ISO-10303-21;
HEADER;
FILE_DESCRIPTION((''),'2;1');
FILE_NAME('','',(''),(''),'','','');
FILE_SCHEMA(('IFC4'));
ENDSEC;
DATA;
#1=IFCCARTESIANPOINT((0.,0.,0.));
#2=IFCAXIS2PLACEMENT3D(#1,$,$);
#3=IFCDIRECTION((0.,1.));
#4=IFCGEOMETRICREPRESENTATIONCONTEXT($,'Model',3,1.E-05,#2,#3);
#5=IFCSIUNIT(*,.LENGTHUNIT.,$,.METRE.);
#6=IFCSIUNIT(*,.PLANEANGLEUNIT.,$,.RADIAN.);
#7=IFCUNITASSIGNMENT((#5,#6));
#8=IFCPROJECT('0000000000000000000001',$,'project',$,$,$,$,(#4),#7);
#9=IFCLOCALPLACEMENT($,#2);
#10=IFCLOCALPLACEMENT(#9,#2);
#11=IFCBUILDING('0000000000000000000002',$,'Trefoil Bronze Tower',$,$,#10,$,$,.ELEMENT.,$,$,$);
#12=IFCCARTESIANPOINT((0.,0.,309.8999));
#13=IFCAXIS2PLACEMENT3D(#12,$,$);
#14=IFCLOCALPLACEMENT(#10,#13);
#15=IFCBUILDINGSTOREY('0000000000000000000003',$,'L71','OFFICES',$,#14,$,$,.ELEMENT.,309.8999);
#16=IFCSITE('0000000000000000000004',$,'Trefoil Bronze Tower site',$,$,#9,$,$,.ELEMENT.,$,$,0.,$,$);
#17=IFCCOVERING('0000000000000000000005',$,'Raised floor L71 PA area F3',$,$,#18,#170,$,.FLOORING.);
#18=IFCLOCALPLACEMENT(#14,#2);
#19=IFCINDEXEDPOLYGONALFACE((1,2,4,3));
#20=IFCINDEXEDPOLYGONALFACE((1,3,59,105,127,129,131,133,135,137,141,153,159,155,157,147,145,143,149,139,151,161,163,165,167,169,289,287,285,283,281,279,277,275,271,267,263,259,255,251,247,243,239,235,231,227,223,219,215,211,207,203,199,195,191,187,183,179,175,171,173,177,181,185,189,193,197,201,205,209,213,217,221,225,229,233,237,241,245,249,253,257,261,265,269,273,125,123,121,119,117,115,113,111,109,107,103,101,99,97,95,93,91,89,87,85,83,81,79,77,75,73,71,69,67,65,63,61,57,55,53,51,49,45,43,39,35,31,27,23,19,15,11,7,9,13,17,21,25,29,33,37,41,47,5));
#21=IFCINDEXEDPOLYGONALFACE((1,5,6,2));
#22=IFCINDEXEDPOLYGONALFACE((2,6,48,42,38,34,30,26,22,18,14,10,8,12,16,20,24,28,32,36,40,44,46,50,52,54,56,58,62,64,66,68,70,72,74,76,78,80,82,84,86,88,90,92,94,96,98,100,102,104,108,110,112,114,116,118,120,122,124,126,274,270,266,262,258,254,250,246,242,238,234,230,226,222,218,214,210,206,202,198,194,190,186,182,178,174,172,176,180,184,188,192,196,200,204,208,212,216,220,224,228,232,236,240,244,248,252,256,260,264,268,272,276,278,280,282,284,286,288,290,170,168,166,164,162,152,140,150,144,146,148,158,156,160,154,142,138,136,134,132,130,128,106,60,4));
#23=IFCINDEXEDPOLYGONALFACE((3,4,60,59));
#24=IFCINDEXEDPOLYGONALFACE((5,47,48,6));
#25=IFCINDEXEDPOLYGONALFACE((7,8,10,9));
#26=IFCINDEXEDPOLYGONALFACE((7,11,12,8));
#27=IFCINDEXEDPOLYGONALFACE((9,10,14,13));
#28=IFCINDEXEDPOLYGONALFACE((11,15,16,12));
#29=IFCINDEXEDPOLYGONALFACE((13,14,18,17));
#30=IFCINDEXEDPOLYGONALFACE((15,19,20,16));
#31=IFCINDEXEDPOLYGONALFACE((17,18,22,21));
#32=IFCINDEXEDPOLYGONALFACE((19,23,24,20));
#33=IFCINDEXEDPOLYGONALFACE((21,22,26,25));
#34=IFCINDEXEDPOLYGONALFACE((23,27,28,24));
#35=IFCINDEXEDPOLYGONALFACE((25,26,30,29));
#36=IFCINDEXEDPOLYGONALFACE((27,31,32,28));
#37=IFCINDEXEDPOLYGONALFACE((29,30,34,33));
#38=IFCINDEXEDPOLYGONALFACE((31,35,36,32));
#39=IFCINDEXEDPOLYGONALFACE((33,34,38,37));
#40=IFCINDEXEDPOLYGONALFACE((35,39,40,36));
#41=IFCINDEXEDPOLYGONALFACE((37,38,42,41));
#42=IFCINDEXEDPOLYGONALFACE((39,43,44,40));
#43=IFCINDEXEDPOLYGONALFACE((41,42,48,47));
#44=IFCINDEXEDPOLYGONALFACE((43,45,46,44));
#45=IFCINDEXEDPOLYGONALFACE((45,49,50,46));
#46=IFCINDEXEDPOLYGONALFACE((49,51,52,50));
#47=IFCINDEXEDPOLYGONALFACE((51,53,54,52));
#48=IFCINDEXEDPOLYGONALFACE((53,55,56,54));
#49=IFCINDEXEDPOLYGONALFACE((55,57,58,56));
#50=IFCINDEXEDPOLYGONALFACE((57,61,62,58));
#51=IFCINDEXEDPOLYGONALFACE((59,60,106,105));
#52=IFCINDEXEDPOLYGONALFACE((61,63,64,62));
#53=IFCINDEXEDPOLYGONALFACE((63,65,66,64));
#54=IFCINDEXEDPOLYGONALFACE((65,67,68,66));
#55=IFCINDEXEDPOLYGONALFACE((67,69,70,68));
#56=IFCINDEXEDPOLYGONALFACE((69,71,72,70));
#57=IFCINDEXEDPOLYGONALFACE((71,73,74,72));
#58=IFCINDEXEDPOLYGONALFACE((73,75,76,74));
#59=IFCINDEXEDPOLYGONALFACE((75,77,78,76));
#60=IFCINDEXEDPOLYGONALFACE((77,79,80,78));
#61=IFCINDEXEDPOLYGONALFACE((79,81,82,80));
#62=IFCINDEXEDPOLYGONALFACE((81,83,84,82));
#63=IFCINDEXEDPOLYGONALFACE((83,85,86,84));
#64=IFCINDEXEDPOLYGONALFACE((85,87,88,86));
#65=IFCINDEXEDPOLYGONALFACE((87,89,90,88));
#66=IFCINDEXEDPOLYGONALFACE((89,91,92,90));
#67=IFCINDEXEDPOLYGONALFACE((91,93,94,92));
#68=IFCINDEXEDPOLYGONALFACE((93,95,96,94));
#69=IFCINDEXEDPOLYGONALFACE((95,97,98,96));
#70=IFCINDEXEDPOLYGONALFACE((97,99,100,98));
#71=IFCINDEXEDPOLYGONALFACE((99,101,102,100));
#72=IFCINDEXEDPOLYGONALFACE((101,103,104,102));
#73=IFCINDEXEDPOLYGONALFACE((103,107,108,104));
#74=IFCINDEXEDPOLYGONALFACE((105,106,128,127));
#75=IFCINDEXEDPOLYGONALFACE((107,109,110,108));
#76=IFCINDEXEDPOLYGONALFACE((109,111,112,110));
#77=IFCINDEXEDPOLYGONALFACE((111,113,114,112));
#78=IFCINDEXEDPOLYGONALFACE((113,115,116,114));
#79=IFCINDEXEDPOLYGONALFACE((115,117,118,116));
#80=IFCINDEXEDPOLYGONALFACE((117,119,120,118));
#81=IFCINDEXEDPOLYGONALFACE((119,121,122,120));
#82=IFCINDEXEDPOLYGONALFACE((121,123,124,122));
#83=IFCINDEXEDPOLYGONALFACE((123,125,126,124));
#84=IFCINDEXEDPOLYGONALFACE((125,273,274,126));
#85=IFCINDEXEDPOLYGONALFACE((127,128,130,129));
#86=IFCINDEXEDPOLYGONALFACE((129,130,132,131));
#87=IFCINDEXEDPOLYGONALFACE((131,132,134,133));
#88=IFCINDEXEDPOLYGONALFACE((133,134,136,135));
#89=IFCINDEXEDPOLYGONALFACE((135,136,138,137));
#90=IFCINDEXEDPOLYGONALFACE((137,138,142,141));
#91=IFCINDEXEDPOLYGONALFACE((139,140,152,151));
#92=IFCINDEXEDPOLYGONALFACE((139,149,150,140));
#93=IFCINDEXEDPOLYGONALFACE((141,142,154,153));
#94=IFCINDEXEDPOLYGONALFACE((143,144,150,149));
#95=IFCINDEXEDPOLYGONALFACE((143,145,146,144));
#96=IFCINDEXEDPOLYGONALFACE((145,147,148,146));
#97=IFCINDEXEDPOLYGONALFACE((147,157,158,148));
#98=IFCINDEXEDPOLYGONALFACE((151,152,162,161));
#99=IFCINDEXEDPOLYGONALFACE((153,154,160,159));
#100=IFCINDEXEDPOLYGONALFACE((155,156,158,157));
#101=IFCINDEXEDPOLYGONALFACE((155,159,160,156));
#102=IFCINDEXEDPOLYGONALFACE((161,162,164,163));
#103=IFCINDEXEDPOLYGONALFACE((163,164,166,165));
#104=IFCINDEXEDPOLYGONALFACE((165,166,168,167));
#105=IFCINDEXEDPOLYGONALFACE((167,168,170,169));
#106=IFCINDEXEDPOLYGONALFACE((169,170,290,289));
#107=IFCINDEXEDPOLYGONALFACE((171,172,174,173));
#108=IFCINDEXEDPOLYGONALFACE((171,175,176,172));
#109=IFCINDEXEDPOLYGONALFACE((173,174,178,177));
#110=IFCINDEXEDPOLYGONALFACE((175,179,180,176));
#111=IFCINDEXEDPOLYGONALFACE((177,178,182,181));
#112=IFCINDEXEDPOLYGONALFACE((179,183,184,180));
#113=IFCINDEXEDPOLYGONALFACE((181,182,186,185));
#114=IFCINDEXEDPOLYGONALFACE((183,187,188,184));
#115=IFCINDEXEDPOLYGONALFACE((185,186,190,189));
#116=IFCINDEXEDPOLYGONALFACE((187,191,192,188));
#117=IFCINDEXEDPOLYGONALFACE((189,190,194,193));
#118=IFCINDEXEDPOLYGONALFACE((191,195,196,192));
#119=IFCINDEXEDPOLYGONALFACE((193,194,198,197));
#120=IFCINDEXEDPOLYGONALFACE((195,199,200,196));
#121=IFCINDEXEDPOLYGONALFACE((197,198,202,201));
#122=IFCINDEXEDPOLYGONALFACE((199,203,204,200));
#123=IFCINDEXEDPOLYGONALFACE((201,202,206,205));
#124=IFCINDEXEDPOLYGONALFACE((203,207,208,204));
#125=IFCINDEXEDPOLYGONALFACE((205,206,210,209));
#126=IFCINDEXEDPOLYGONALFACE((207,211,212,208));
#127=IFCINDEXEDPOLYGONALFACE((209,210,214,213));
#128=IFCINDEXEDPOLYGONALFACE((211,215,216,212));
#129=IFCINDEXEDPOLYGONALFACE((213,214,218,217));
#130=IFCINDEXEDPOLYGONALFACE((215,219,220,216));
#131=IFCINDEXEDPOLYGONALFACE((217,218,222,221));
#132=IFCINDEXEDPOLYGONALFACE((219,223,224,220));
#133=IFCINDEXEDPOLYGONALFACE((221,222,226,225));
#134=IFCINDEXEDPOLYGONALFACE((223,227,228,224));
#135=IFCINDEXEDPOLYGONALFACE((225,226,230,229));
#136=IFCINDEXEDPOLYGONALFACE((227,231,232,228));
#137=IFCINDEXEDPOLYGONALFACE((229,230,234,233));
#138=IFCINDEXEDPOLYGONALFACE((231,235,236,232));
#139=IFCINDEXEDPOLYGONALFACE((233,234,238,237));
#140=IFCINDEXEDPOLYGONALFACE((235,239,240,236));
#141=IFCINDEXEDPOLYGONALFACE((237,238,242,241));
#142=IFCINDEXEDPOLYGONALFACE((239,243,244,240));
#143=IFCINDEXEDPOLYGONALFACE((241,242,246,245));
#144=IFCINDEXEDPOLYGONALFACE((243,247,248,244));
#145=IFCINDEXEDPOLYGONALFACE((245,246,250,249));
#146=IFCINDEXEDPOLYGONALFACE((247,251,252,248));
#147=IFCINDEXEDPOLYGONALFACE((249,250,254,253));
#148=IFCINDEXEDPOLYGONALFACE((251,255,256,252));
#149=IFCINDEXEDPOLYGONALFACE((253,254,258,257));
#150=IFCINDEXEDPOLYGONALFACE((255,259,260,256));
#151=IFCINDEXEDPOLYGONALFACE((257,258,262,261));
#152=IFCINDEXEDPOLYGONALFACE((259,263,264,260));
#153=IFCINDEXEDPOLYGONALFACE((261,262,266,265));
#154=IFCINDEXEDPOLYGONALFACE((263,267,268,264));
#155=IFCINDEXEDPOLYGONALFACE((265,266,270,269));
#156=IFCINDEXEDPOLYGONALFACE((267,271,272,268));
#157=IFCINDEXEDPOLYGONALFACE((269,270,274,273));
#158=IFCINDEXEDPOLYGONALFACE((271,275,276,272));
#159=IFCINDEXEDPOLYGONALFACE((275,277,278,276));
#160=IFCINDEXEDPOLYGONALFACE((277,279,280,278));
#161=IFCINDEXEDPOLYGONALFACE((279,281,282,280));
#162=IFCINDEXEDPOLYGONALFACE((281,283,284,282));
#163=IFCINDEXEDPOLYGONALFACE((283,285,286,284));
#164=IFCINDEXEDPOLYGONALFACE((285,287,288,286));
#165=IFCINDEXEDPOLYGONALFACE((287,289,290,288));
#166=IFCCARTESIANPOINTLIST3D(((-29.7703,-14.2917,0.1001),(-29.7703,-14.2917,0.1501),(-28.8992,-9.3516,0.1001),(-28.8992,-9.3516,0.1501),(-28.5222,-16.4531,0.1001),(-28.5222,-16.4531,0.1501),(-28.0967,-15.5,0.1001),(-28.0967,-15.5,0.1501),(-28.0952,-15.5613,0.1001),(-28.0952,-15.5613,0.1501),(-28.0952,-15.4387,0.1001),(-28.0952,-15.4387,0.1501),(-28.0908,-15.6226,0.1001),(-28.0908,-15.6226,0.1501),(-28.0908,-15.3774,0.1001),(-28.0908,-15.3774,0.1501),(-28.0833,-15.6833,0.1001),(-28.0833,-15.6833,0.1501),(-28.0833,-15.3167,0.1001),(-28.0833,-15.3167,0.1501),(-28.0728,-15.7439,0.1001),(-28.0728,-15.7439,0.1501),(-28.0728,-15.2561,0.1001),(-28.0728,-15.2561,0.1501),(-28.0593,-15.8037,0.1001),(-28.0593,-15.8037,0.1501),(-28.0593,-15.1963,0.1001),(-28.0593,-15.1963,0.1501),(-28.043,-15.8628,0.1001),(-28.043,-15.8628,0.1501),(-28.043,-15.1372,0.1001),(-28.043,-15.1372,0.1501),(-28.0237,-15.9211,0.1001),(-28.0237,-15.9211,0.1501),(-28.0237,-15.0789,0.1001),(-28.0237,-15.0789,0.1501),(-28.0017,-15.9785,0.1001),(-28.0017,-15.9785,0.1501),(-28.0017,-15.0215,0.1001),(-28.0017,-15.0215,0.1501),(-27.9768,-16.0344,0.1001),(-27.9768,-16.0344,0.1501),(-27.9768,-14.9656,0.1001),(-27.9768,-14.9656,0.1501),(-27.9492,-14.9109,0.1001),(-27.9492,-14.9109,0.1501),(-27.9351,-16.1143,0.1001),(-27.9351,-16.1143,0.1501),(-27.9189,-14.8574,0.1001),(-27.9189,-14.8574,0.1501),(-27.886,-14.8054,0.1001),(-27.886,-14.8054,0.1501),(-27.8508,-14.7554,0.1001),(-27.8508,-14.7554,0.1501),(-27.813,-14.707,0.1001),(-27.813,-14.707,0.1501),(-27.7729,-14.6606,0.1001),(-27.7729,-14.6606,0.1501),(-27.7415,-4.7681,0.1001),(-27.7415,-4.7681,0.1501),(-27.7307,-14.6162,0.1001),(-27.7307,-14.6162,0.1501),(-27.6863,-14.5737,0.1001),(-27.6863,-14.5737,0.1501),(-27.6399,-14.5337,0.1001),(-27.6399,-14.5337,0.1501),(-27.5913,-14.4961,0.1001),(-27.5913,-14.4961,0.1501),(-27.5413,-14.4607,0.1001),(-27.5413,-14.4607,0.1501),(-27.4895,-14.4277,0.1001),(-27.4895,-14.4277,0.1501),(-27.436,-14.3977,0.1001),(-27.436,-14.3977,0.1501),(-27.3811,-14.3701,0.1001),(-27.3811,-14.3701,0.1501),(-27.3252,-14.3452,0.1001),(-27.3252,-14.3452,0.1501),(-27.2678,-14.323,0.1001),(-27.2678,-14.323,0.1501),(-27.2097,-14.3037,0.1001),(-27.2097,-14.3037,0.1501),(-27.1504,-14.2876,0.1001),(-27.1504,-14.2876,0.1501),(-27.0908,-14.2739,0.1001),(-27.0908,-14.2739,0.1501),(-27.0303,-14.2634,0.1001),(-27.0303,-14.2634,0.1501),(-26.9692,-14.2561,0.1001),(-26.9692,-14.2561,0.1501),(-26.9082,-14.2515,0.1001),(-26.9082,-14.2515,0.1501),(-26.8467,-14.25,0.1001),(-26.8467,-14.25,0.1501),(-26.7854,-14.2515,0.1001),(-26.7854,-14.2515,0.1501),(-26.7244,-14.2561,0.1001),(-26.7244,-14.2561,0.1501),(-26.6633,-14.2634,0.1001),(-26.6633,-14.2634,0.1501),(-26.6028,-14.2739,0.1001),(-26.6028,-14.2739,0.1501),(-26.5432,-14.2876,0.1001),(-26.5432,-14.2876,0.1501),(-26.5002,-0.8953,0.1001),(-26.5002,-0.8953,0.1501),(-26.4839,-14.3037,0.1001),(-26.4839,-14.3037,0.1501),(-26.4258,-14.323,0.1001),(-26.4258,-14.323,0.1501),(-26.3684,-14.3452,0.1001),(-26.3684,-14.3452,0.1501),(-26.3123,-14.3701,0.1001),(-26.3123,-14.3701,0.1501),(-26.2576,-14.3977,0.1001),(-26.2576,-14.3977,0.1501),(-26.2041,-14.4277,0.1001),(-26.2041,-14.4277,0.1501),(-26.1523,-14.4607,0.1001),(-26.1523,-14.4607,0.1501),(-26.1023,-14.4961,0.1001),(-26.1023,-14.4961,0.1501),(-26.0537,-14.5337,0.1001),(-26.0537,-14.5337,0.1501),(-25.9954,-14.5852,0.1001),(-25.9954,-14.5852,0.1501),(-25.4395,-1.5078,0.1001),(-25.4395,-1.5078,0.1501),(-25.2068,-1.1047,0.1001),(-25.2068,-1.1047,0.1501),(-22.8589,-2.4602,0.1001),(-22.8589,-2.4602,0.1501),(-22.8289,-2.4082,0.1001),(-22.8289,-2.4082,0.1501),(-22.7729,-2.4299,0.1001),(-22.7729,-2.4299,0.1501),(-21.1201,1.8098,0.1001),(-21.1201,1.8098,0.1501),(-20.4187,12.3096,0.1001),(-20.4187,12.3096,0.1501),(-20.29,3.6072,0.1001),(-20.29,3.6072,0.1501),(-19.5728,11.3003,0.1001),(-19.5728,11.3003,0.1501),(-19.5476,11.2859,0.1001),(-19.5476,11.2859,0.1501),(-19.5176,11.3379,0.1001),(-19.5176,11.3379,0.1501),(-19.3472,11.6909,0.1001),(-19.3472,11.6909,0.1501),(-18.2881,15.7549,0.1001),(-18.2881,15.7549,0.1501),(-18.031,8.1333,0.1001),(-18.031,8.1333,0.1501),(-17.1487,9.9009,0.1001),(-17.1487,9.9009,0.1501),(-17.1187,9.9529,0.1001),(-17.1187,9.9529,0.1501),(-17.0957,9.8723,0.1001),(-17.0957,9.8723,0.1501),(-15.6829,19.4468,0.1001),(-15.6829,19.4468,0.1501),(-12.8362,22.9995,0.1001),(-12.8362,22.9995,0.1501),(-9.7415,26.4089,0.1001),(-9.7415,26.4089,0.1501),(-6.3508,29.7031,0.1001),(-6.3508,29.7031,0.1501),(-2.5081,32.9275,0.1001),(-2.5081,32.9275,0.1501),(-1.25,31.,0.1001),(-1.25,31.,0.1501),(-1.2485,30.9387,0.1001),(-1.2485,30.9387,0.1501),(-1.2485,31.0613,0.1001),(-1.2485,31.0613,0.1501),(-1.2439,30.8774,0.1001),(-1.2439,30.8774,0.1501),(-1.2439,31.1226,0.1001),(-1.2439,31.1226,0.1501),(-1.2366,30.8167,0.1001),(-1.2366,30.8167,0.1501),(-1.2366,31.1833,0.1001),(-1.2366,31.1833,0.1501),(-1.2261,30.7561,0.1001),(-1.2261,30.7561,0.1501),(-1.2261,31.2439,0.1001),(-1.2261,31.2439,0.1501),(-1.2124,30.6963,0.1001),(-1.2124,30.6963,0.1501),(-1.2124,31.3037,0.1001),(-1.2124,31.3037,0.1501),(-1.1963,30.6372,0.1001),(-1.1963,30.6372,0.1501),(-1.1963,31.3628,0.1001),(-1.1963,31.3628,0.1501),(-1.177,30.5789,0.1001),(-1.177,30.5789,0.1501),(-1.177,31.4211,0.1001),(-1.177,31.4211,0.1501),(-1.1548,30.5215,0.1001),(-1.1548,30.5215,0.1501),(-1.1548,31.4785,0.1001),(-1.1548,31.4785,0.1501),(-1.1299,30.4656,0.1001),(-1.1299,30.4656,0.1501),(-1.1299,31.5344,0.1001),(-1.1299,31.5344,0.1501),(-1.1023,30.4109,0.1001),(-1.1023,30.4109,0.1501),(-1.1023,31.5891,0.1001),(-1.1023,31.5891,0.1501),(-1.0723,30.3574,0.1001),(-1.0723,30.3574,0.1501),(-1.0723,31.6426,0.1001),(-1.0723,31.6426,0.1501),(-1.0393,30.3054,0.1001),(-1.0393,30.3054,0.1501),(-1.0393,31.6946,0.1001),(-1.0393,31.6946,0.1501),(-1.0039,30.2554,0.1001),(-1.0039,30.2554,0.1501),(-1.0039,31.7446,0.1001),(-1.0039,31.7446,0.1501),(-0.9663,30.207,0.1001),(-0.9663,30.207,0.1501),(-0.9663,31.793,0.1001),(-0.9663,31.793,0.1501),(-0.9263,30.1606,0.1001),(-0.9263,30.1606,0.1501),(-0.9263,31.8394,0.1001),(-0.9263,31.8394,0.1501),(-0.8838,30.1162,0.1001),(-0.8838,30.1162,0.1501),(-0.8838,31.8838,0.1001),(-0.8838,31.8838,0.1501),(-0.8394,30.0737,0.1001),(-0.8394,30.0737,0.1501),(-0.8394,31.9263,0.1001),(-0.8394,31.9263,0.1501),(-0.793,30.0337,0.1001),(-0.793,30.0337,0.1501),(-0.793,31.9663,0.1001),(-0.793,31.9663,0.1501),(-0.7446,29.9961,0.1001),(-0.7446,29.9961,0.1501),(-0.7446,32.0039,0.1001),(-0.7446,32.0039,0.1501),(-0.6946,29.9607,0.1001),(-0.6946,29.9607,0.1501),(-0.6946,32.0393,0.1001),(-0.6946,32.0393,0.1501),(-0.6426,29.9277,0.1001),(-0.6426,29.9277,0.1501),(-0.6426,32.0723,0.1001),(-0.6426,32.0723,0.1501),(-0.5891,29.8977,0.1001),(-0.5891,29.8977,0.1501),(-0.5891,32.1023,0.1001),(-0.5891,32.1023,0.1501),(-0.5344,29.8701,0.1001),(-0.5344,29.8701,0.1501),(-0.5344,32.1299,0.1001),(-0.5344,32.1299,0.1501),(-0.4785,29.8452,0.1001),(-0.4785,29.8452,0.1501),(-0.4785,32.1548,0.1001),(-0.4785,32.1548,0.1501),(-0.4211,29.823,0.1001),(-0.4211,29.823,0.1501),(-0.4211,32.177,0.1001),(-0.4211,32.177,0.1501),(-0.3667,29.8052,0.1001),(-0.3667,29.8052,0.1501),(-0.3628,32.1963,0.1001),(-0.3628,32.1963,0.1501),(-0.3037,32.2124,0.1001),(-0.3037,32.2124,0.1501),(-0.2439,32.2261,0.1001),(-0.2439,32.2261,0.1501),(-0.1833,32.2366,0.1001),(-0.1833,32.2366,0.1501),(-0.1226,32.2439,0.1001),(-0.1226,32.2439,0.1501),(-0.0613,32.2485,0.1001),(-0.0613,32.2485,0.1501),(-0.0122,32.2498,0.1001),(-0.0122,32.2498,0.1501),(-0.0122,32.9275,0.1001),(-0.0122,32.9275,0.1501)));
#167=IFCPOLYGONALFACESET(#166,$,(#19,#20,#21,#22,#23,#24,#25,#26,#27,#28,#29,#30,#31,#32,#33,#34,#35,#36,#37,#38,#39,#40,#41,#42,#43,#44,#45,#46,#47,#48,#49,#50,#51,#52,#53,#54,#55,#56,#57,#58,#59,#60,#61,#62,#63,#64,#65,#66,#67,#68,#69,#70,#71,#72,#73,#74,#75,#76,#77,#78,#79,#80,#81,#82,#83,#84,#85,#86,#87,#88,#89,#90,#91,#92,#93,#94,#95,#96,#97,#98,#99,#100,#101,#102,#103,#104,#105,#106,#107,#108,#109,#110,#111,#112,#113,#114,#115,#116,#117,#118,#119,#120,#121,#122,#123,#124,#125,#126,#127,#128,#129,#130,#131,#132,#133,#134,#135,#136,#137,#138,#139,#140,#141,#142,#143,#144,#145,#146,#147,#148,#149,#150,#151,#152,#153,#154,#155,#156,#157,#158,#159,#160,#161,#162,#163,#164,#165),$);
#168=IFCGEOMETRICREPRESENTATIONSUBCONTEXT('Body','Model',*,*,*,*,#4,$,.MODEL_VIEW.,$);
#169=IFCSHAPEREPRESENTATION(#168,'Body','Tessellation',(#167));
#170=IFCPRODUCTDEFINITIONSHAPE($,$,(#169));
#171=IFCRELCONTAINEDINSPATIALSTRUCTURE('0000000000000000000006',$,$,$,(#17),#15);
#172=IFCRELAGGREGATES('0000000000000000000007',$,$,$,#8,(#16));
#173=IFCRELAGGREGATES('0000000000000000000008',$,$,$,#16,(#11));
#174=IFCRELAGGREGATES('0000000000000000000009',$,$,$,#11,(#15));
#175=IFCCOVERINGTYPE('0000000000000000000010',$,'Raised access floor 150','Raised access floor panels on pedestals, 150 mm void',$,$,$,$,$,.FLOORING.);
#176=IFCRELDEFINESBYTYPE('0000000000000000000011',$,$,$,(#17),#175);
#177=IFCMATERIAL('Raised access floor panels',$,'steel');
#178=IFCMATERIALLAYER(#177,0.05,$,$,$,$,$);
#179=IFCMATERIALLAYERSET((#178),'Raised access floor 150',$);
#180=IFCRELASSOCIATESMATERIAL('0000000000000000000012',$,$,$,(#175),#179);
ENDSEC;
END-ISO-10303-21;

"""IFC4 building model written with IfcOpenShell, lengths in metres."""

from ifc_helpers import new_model, si_unit, direction, frame, origin, place, context, subcontext, project, spatial, polyline, outline, extrude, material, layer, layer_set, type_object, element, save


model = new_model("IFC4")

# Units and contexts
model_context = context("Model", 3, precision=1e-05, world=origin(), true_north=direction((0.0, 1.0)))
body_context = subcontext(model_context, "Body", "Model", "MODEL_VIEW")
ifc_project = project(units=[si_unit("LENGTHUNIT", "METRE"), si_unit("PLANEANGLEUNIT", "RADIAN")], contexts=[model_context])

# Site, building, storey
site_placement = place(None, origin())
site = spatial("IfcSite", under=ifc_project, at=site_placement, Name="Trefoil Bronze Tower site", CompositionType="ELEMENT", RefElevation=0.0)
building_placement = place(site_placement, origin())
building = spatial("IfcBuilding", under=site, at=building_placement, Name="Trefoil Bronze Tower", CompositionType="ELEMENT")
storey_placement = place(building_placement, frame((0.0, 0.0, 309.8999)))
storey = spatial("IfcBuildingStorey", under=building, at=storey_placement, Name="L71", Description="OFFICES", CompositionType="ELEMENT", Elevation=309.8999)

# Covering
ifc_material_1 = material(Name="Raised access floor panels", Category="steel")
ifc_layer_1 = layer(ifc_material_1, 0.05)
ifc_layer_set_1 = layer_set([ifc_layer_1], Name="Raised access floor 150")
covering_type_1 = type_object("IfcCoveringType", Name="Raised access floor 150", Description="Raised access floor panels on pedestals, 150 mm void", PredefinedType="FLOORING", material=ifc_layer_set_1)
covering_1_placement = place(storey_placement, frame((0.0, 0.0, 0.1001)))
element("IfcCovering", 1, at=covering_1_placement, inside=storey, type_object=covering_type_1, Name="Raised floor L71 PA area F3", PredefinedType="FLOORING", context=body_context, shape_type="SweptSolid", body=[
    extrude(outline(polyline([(-27.7415, -4.7681), (-26.5002, -0.8953), (-25.4395, -1.5078), (-25.2068, -1.1047), (-22.8589, -2.4602), (-22.8289, -2.4082), (-22.7729, -2.4299), (-21.1201, 1.8098), (-20.29, 3.6072), (-18.031, 8.1333), (-17.0957, 9.8723), (-17.1487, 9.9009), (-17.1187, 9.9529), (-19.5176, 11.3379), (-19.5476, 11.2859), (-19.5728, 11.3003), (-19.3472, 11.6909), (-20.4187, 12.3096), (-18.2881, 15.7549), (-15.6829, 19.4468), (-12.8362, 22.9995), (-9.7415, 26.4089), (-6.3508, 29.7031), (-2.5081, 32.9275), (-0.0122, 32.9275), (-0.0122, 32.2498), (-0.0613, 32.2485), (-0.1226, 32.2439), (-0.1833, 32.2366), (-0.2439, 32.2261), (-0.3037, 32.2124), (-0.3628, 32.1963), (-0.4211, 32.177), (-0.4785, 32.1548), (-0.5344, 32.1299), (-0.5891, 32.1023), (-0.6426, 32.0723), (-0.6946, 32.0393), (-0.7446, 32.0039), (-0.793, 31.9663), (-0.8394, 31.9263), (-0.8838, 31.8838), (-0.9263, 31.8394), (-0.9663, 31.793), (-1.0039, 31.7446), (-1.0393, 31.6946), (-1.0723, 31.6426), (-1.1023, 31.5891), (-1.1299, 31.5344), (-1.1548, 31.4785), (-1.177, 31.4211), (-1.1963, 31.3628), (-1.2124, 31.3037), (-1.2261, 31.2439), (-1.2366, 31.1833), (-1.2439, 31.1226), (-1.2485, 31.0613), (-1.25, 31.0), (-1.2485, 30.9387), (-1.2439, 30.8774), (-1.2366, 30.8167), (-1.2261, 30.7561), (-1.2124, 30.6963), (-1.1963, 30.6372), (-1.177, 30.5789), (-1.1548, 30.5215), (-1.1299, 30.4656), (-1.1023, 30.4109), (-1.0723, 30.3574), (-1.0393, 30.3054), (-1.0039, 30.2554), (-0.9663, 30.207), (-0.9263, 30.1606), (-0.8838, 30.1162), (-0.8394, 30.0737), (-0.793, 30.0337), (-0.7446, 29.9961), (-0.6946, 29.9607), (-0.6426, 29.9277), (-0.5891, 29.8977), (-0.5344, 29.8701), (-0.4785, 29.8452), (-0.4211, 29.823), (-0.3667, 29.8052), (-25.9954, -14.5852), (-26.0537, -14.5337), (-26.1023, -14.4961), (-26.1523, -14.4607), (-26.2041, -14.4277), (-26.2576, -14.3977), (-26.3123, -14.3701), (-26.3684, -14.3452), (-26.4258, -14.323), (-26.4839, -14.3037), (-26.5432, -14.2876), (-26.6028, -14.2739), (-26.6633, -14.2634), (-26.7244, -14.2561), (-26.7854, -14.2515), (-26.8467, -14.25), (-26.9082, -14.2515), (-26.9692, -14.2561), (-27.0303, -14.2634), (-27.0908, -14.2739), (-27.1504, -14.2876), (-27.2097, -14.3037), (-27.2678, -14.323), (-27.3252, -14.3452), (-27.3811, -14.3701), (-27.436, -14.3977), (-27.4895, -14.4277), (-27.5413, -14.4607), (-27.5913, -14.4961), (-27.6399, -14.5337), (-27.6863, -14.5737), (-27.7307, -14.6162), (-27.7729, -14.6606), (-27.813, -14.707), (-27.8508, -14.7554), (-27.886, -14.8054), (-27.9189, -14.8574), (-27.9492, -14.9109), (-27.9768, -14.9656), (-28.0017, -15.0215), (-28.0237, -15.0789), (-28.043, -15.1372), (-28.0593, -15.1963), (-28.0728, -15.2561), (-28.0833, -15.3167), (-28.0908, -15.3774), (-28.0952, -15.4387), (-28.0967, -15.5), (-28.0952, -15.5613), (-28.0908, -15.6226), (-28.0833, -15.6833), (-28.0728, -15.7439), (-28.0593, -15.8037), (-28.043, -15.8628), (-28.0237, -15.9211), (-28.0017, -15.9785), (-27.9768, -16.0344), (-27.9351, -16.1143), (-28.5222, -16.4531), (-29.7703, -14.2917), (-28.8992, -9.3516), (-27.7415, -4.7681)])), origin(), (0.0, 0.0, 1.0), 0.05),
])

save(model, "model.ifc")
